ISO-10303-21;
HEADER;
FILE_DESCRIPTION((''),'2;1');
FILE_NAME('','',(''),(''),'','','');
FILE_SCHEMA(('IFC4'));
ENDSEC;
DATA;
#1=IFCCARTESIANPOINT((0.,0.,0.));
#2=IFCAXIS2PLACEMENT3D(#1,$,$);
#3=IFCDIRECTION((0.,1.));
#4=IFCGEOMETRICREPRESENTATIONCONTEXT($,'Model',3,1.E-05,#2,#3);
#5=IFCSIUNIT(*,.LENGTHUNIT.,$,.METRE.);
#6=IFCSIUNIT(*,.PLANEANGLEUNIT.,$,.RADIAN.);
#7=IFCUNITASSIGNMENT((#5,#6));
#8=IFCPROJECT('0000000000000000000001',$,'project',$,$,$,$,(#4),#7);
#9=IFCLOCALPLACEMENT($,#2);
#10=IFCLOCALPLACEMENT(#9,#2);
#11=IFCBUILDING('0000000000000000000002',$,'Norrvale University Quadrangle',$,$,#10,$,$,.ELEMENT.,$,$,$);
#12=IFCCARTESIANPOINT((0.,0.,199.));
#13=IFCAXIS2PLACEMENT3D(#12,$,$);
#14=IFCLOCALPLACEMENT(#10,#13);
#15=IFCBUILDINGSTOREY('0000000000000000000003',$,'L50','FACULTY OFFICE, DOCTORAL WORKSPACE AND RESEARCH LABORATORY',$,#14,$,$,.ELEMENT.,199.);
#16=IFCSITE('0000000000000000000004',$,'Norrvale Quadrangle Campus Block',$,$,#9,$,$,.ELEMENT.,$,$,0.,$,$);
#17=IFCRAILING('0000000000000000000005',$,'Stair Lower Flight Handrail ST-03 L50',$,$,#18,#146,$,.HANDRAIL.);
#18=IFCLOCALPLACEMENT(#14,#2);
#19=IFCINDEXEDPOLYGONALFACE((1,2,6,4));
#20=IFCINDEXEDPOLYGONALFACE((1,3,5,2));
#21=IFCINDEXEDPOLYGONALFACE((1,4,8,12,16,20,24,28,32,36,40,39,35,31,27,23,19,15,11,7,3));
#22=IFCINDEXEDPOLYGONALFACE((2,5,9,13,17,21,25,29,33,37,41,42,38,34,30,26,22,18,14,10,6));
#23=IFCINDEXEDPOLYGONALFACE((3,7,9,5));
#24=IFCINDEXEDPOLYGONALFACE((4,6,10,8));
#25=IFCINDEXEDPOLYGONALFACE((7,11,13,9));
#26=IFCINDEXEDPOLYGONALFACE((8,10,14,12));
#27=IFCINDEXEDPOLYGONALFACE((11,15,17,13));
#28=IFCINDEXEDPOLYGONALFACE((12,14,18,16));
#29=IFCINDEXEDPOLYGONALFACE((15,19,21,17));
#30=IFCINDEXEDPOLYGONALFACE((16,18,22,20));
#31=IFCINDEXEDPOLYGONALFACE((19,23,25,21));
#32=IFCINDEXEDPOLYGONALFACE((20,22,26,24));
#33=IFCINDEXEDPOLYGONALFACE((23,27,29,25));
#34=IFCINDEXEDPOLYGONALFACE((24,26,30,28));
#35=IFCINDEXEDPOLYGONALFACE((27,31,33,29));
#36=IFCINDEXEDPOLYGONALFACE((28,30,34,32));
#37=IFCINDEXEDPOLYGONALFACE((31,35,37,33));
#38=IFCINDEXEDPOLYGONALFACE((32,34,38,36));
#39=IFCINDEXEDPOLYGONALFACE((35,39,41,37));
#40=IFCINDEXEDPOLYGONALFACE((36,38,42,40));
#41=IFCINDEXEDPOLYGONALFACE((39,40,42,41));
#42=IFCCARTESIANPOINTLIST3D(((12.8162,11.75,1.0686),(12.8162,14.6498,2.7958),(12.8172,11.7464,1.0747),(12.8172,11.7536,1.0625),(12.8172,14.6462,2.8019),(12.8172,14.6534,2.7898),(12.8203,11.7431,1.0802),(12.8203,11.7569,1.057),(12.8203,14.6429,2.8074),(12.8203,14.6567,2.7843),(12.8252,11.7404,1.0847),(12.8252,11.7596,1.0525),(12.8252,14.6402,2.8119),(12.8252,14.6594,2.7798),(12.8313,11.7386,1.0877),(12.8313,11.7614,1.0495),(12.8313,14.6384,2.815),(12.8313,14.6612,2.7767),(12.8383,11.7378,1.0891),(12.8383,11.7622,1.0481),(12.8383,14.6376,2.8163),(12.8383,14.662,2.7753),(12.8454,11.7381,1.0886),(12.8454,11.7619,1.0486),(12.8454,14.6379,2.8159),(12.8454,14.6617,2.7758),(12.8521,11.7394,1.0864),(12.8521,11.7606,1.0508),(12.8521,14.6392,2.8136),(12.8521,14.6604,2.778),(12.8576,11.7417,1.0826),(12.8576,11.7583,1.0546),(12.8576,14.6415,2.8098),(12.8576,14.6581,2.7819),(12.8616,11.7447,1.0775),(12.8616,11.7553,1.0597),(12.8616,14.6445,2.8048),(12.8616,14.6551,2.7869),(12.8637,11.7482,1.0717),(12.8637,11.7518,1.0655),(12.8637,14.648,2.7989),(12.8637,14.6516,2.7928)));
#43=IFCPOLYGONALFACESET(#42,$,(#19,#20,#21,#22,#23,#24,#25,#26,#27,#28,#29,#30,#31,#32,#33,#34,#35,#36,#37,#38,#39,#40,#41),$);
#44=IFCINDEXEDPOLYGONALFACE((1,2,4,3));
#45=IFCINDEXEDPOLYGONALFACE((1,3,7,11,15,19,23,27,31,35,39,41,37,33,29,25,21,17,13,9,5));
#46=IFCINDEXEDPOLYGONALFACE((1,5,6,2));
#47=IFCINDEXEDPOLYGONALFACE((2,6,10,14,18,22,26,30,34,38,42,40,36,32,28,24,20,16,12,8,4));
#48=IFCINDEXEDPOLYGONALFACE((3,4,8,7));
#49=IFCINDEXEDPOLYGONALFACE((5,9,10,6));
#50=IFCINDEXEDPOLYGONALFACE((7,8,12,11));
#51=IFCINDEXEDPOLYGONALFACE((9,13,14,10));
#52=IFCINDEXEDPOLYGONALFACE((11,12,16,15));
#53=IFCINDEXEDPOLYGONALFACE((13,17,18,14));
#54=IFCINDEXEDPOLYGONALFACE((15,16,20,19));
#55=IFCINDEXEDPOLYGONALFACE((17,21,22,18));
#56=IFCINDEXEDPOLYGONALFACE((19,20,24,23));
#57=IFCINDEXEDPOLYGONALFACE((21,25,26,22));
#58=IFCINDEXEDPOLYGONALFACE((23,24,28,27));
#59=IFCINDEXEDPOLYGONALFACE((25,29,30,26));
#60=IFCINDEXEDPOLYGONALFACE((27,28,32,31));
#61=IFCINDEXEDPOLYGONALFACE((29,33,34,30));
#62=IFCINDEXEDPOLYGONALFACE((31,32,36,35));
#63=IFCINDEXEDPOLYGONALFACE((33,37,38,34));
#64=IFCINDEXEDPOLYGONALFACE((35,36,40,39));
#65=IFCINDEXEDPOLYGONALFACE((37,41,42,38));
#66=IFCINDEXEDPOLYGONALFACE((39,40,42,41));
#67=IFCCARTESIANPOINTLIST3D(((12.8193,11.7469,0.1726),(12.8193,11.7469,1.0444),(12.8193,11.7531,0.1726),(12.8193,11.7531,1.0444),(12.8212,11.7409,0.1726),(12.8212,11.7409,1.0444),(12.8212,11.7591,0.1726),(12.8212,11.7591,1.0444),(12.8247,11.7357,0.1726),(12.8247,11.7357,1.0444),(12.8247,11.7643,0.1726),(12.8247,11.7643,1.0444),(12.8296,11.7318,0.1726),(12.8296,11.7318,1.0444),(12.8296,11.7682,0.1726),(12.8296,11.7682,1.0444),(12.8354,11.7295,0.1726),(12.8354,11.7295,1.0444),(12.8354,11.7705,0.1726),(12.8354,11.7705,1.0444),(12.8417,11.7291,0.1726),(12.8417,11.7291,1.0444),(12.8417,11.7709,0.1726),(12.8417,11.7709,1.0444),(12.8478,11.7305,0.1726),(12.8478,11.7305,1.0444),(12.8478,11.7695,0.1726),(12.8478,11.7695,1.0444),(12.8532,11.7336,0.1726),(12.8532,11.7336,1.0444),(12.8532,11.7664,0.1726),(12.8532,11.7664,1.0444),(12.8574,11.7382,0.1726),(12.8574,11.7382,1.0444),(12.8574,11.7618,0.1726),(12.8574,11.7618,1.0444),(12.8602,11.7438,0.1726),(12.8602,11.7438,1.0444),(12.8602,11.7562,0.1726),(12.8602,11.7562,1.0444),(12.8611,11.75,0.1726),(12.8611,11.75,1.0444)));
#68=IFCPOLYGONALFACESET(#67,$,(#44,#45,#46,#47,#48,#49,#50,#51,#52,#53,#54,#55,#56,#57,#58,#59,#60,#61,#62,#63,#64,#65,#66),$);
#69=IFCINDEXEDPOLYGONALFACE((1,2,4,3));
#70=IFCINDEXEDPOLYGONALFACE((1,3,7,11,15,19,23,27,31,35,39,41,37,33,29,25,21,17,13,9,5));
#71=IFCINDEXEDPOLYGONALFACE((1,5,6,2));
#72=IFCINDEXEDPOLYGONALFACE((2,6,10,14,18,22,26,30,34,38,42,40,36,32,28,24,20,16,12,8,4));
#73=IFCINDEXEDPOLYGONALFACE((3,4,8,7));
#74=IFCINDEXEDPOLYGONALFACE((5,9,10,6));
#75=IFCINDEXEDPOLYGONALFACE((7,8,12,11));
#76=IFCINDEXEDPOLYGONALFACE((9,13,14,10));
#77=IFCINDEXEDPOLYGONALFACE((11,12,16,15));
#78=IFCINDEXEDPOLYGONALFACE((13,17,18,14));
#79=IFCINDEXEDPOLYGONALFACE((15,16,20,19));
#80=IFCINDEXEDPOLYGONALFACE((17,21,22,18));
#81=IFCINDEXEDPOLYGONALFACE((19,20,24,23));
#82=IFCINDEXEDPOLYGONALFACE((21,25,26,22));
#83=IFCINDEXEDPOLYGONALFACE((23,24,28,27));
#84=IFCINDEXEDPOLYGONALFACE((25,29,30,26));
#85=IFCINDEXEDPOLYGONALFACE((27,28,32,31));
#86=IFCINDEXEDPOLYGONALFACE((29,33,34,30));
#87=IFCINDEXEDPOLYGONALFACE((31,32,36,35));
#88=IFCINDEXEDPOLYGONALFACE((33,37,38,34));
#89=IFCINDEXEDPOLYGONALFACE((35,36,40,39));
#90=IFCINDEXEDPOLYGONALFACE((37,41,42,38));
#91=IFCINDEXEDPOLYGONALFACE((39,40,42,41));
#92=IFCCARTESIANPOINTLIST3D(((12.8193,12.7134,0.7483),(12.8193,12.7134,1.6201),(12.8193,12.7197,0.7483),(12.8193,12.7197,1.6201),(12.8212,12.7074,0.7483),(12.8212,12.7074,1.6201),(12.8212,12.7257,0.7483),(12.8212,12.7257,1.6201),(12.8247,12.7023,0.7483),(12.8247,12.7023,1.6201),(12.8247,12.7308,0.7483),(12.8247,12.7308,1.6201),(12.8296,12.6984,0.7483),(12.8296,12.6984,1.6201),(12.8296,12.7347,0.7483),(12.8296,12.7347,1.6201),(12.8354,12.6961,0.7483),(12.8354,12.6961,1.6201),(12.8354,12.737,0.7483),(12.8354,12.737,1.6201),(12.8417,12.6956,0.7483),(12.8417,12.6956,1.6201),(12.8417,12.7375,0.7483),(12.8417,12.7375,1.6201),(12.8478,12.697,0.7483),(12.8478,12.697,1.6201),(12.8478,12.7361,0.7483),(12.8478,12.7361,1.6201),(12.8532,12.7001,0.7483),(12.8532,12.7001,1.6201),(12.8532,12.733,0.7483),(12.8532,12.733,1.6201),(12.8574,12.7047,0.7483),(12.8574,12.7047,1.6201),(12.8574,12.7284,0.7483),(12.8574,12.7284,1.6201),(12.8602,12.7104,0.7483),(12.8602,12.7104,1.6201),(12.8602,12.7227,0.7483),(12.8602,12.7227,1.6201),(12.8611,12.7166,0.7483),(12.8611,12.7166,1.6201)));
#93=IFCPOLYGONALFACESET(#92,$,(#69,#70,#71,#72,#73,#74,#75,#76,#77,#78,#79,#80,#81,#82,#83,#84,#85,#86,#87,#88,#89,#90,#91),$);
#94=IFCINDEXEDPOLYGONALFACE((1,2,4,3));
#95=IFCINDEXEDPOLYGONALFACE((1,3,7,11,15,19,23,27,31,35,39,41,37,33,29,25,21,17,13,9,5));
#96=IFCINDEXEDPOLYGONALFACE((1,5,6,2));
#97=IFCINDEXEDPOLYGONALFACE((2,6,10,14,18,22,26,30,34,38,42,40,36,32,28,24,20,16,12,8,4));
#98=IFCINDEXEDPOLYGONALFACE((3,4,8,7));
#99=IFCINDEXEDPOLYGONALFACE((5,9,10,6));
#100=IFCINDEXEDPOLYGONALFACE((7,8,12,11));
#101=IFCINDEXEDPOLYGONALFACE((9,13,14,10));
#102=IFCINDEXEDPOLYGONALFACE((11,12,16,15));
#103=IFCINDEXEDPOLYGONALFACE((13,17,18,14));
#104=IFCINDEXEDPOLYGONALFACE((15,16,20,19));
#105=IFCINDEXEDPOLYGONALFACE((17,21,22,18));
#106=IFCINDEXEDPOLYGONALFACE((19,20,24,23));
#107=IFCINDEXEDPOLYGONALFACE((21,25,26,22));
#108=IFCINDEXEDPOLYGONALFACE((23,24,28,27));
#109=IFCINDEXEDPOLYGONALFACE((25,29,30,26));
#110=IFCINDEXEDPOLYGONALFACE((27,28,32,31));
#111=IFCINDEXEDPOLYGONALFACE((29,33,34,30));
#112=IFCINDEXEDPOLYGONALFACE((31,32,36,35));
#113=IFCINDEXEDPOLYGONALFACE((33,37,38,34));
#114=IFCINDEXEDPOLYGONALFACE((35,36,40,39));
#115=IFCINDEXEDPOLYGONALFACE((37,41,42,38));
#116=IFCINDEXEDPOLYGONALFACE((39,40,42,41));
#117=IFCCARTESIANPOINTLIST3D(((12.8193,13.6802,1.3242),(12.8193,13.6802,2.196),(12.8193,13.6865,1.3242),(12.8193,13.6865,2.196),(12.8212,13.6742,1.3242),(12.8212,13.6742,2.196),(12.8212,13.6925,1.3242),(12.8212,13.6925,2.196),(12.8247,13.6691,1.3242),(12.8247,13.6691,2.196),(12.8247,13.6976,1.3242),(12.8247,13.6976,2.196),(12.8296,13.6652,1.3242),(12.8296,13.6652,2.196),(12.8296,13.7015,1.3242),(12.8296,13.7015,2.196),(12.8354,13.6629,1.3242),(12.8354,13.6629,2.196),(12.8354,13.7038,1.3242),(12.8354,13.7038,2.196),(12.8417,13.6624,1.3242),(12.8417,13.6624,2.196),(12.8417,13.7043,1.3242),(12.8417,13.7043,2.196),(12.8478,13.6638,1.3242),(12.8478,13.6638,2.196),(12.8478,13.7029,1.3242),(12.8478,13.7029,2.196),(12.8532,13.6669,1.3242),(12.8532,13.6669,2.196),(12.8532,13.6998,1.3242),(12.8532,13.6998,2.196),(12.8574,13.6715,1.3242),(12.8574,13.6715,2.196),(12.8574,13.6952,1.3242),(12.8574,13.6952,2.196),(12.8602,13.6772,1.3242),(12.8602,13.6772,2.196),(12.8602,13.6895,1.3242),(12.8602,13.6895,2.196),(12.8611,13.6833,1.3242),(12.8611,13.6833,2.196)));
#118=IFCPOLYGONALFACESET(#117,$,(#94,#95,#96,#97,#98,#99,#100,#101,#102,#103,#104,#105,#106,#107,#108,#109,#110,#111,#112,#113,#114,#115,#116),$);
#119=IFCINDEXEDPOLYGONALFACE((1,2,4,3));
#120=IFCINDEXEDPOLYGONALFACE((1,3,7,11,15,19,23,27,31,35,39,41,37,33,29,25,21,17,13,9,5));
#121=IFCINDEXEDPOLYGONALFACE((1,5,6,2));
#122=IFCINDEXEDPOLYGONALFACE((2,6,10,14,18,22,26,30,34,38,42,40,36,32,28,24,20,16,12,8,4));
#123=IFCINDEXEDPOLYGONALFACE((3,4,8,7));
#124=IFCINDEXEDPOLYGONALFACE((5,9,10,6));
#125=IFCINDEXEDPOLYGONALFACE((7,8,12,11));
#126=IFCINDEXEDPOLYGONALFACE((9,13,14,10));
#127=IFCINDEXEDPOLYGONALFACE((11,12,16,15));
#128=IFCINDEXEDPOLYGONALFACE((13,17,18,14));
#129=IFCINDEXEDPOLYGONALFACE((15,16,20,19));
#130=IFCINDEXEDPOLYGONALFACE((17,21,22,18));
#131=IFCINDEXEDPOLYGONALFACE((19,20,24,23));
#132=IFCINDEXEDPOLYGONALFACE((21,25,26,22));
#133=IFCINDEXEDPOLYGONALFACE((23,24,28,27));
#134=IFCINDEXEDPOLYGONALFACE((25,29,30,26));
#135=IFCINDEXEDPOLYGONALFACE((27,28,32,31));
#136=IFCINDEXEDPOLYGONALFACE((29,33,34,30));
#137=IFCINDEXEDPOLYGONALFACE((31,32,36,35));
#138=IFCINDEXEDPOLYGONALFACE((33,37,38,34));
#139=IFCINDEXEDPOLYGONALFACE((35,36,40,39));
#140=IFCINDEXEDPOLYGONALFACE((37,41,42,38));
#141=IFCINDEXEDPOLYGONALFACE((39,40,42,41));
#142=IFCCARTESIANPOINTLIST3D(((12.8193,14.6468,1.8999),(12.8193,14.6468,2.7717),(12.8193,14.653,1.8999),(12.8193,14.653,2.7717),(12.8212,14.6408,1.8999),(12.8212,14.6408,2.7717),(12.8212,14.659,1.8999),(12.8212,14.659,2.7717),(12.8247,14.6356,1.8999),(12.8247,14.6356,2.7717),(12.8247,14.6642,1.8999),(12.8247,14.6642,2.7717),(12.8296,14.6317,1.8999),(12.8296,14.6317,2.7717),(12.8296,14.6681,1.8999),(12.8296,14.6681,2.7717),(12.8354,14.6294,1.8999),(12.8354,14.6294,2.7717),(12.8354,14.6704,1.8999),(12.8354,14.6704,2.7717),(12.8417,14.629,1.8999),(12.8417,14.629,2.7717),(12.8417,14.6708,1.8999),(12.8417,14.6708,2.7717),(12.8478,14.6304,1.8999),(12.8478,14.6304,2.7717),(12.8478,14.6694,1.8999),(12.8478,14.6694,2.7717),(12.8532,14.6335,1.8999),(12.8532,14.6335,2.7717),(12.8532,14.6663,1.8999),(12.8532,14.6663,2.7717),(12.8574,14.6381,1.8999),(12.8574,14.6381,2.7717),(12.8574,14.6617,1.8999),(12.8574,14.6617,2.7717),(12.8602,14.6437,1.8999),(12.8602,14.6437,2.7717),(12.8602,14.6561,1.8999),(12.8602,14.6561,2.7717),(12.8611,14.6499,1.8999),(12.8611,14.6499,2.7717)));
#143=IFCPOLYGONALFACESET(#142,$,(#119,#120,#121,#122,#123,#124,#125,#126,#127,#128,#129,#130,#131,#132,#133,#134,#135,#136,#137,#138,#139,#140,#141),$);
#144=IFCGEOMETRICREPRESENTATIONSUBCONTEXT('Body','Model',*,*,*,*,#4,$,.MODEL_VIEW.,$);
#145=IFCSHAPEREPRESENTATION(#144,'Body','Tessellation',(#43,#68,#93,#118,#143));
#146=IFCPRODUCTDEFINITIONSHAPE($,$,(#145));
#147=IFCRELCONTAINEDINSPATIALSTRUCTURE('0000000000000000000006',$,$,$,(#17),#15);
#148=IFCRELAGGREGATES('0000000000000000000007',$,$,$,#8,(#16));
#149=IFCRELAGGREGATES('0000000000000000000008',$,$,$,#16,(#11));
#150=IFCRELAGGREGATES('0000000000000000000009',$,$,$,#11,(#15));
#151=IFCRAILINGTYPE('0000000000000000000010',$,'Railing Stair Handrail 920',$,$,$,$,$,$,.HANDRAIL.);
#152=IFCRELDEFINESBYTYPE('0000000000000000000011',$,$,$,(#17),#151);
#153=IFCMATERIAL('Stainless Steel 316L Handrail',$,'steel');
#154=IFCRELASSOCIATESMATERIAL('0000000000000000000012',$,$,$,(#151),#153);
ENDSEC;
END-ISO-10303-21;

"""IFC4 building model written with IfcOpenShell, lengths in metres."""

from ifc_helpers import new_model, si_unit, direction, frame, origin, origin_2d, place, context, subcontext, project, spatial, circle, extrude, material, type_object, element, save


model = new_model("IFC4")

# Units and contexts
model_context = context("Model", 3, precision=1e-05, world=origin(), true_north=direction((0.0, 1.0)))
body_context = subcontext(model_context, "Body", "Model", "MODEL_VIEW")
ifc_project = project(units=[si_unit("LENGTHUNIT", "METRE"), si_unit("PLANEANGLEUNIT", "RADIAN")], contexts=[model_context])

# Site, building, storey
site_placement = place(None, origin())
site = spatial("IfcSite", under=ifc_project, at=site_placement, Name="Norrvale Quadrangle Campus Block", CompositionType="ELEMENT", RefElevation=0.0)
building_placement = place(site_placement, origin())
building = spatial("IfcBuilding", under=site, at=building_placement, Name="Norrvale University Quadrangle", CompositionType="ELEMENT")
storey_placement = place(building_placement, frame((0.0, 0.0, 199.0)))
storey = spatial("IfcBuildingStorey", under=building, at=storey_placement, Name="L50", Description="FACULTY OFFICE, DOCTORAL WORKSPACE AND RESEARCH LABORATORY", CompositionType="ELEMENT", Elevation=199.0)

# Railing
ifc_material_1 = material(Name="Stainless Steel 316L Handrail", Category="steel")
railing_type_1 = type_object("IfcRailingType", Name="Railing Stair Handrail 920", PredefinedType="HANDRAIL", material=ifc_material_1)
railing_1_placement = place(storey_placement, frame((12.8401, 11.75, 0.1726)))
element("IfcRailing", 1, at=railing_1_placement, inside=storey, type_object=railing_type_1, Name="Stair Lower Flight Handrail ST-03 L50", PredefinedType="HANDRAIL", context=body_context, shape_type="SweptSolid", body=[
    extrude(circle(Radius=0.0239, at=origin_2d()), frame((0.0, 0.0, 0.896), z_axis=(0.0, 0.859141, 0.511738), x_axis=(-1.0, 0.0, 0.0)), (0.0, 0.0, 1.0), 3.3752),
    extrude(circle(Radius=0.021, at=origin_2d()), origin(), (0.0, 0.0, 1.0), 0.8718),
    extrude(circle(Radius=0.021, at=origin_2d()), frame((0.0, 0.9666, 0.5757)), (0.0, 0.0, 1.0), 0.8718),
    extrude(circle(Radius=0.021, at=origin_2d()), frame((0.0, 1.9333, 1.1516)), (0.0, 0.0, 1.0), 0.8718),
    extrude(circle(Radius=0.021, at=origin_2d()), frame((0.0, 2.8999, 1.7273)), (0.0, 0.0, 1.0), 0.8718),
])

save(model, "model.ifc")
